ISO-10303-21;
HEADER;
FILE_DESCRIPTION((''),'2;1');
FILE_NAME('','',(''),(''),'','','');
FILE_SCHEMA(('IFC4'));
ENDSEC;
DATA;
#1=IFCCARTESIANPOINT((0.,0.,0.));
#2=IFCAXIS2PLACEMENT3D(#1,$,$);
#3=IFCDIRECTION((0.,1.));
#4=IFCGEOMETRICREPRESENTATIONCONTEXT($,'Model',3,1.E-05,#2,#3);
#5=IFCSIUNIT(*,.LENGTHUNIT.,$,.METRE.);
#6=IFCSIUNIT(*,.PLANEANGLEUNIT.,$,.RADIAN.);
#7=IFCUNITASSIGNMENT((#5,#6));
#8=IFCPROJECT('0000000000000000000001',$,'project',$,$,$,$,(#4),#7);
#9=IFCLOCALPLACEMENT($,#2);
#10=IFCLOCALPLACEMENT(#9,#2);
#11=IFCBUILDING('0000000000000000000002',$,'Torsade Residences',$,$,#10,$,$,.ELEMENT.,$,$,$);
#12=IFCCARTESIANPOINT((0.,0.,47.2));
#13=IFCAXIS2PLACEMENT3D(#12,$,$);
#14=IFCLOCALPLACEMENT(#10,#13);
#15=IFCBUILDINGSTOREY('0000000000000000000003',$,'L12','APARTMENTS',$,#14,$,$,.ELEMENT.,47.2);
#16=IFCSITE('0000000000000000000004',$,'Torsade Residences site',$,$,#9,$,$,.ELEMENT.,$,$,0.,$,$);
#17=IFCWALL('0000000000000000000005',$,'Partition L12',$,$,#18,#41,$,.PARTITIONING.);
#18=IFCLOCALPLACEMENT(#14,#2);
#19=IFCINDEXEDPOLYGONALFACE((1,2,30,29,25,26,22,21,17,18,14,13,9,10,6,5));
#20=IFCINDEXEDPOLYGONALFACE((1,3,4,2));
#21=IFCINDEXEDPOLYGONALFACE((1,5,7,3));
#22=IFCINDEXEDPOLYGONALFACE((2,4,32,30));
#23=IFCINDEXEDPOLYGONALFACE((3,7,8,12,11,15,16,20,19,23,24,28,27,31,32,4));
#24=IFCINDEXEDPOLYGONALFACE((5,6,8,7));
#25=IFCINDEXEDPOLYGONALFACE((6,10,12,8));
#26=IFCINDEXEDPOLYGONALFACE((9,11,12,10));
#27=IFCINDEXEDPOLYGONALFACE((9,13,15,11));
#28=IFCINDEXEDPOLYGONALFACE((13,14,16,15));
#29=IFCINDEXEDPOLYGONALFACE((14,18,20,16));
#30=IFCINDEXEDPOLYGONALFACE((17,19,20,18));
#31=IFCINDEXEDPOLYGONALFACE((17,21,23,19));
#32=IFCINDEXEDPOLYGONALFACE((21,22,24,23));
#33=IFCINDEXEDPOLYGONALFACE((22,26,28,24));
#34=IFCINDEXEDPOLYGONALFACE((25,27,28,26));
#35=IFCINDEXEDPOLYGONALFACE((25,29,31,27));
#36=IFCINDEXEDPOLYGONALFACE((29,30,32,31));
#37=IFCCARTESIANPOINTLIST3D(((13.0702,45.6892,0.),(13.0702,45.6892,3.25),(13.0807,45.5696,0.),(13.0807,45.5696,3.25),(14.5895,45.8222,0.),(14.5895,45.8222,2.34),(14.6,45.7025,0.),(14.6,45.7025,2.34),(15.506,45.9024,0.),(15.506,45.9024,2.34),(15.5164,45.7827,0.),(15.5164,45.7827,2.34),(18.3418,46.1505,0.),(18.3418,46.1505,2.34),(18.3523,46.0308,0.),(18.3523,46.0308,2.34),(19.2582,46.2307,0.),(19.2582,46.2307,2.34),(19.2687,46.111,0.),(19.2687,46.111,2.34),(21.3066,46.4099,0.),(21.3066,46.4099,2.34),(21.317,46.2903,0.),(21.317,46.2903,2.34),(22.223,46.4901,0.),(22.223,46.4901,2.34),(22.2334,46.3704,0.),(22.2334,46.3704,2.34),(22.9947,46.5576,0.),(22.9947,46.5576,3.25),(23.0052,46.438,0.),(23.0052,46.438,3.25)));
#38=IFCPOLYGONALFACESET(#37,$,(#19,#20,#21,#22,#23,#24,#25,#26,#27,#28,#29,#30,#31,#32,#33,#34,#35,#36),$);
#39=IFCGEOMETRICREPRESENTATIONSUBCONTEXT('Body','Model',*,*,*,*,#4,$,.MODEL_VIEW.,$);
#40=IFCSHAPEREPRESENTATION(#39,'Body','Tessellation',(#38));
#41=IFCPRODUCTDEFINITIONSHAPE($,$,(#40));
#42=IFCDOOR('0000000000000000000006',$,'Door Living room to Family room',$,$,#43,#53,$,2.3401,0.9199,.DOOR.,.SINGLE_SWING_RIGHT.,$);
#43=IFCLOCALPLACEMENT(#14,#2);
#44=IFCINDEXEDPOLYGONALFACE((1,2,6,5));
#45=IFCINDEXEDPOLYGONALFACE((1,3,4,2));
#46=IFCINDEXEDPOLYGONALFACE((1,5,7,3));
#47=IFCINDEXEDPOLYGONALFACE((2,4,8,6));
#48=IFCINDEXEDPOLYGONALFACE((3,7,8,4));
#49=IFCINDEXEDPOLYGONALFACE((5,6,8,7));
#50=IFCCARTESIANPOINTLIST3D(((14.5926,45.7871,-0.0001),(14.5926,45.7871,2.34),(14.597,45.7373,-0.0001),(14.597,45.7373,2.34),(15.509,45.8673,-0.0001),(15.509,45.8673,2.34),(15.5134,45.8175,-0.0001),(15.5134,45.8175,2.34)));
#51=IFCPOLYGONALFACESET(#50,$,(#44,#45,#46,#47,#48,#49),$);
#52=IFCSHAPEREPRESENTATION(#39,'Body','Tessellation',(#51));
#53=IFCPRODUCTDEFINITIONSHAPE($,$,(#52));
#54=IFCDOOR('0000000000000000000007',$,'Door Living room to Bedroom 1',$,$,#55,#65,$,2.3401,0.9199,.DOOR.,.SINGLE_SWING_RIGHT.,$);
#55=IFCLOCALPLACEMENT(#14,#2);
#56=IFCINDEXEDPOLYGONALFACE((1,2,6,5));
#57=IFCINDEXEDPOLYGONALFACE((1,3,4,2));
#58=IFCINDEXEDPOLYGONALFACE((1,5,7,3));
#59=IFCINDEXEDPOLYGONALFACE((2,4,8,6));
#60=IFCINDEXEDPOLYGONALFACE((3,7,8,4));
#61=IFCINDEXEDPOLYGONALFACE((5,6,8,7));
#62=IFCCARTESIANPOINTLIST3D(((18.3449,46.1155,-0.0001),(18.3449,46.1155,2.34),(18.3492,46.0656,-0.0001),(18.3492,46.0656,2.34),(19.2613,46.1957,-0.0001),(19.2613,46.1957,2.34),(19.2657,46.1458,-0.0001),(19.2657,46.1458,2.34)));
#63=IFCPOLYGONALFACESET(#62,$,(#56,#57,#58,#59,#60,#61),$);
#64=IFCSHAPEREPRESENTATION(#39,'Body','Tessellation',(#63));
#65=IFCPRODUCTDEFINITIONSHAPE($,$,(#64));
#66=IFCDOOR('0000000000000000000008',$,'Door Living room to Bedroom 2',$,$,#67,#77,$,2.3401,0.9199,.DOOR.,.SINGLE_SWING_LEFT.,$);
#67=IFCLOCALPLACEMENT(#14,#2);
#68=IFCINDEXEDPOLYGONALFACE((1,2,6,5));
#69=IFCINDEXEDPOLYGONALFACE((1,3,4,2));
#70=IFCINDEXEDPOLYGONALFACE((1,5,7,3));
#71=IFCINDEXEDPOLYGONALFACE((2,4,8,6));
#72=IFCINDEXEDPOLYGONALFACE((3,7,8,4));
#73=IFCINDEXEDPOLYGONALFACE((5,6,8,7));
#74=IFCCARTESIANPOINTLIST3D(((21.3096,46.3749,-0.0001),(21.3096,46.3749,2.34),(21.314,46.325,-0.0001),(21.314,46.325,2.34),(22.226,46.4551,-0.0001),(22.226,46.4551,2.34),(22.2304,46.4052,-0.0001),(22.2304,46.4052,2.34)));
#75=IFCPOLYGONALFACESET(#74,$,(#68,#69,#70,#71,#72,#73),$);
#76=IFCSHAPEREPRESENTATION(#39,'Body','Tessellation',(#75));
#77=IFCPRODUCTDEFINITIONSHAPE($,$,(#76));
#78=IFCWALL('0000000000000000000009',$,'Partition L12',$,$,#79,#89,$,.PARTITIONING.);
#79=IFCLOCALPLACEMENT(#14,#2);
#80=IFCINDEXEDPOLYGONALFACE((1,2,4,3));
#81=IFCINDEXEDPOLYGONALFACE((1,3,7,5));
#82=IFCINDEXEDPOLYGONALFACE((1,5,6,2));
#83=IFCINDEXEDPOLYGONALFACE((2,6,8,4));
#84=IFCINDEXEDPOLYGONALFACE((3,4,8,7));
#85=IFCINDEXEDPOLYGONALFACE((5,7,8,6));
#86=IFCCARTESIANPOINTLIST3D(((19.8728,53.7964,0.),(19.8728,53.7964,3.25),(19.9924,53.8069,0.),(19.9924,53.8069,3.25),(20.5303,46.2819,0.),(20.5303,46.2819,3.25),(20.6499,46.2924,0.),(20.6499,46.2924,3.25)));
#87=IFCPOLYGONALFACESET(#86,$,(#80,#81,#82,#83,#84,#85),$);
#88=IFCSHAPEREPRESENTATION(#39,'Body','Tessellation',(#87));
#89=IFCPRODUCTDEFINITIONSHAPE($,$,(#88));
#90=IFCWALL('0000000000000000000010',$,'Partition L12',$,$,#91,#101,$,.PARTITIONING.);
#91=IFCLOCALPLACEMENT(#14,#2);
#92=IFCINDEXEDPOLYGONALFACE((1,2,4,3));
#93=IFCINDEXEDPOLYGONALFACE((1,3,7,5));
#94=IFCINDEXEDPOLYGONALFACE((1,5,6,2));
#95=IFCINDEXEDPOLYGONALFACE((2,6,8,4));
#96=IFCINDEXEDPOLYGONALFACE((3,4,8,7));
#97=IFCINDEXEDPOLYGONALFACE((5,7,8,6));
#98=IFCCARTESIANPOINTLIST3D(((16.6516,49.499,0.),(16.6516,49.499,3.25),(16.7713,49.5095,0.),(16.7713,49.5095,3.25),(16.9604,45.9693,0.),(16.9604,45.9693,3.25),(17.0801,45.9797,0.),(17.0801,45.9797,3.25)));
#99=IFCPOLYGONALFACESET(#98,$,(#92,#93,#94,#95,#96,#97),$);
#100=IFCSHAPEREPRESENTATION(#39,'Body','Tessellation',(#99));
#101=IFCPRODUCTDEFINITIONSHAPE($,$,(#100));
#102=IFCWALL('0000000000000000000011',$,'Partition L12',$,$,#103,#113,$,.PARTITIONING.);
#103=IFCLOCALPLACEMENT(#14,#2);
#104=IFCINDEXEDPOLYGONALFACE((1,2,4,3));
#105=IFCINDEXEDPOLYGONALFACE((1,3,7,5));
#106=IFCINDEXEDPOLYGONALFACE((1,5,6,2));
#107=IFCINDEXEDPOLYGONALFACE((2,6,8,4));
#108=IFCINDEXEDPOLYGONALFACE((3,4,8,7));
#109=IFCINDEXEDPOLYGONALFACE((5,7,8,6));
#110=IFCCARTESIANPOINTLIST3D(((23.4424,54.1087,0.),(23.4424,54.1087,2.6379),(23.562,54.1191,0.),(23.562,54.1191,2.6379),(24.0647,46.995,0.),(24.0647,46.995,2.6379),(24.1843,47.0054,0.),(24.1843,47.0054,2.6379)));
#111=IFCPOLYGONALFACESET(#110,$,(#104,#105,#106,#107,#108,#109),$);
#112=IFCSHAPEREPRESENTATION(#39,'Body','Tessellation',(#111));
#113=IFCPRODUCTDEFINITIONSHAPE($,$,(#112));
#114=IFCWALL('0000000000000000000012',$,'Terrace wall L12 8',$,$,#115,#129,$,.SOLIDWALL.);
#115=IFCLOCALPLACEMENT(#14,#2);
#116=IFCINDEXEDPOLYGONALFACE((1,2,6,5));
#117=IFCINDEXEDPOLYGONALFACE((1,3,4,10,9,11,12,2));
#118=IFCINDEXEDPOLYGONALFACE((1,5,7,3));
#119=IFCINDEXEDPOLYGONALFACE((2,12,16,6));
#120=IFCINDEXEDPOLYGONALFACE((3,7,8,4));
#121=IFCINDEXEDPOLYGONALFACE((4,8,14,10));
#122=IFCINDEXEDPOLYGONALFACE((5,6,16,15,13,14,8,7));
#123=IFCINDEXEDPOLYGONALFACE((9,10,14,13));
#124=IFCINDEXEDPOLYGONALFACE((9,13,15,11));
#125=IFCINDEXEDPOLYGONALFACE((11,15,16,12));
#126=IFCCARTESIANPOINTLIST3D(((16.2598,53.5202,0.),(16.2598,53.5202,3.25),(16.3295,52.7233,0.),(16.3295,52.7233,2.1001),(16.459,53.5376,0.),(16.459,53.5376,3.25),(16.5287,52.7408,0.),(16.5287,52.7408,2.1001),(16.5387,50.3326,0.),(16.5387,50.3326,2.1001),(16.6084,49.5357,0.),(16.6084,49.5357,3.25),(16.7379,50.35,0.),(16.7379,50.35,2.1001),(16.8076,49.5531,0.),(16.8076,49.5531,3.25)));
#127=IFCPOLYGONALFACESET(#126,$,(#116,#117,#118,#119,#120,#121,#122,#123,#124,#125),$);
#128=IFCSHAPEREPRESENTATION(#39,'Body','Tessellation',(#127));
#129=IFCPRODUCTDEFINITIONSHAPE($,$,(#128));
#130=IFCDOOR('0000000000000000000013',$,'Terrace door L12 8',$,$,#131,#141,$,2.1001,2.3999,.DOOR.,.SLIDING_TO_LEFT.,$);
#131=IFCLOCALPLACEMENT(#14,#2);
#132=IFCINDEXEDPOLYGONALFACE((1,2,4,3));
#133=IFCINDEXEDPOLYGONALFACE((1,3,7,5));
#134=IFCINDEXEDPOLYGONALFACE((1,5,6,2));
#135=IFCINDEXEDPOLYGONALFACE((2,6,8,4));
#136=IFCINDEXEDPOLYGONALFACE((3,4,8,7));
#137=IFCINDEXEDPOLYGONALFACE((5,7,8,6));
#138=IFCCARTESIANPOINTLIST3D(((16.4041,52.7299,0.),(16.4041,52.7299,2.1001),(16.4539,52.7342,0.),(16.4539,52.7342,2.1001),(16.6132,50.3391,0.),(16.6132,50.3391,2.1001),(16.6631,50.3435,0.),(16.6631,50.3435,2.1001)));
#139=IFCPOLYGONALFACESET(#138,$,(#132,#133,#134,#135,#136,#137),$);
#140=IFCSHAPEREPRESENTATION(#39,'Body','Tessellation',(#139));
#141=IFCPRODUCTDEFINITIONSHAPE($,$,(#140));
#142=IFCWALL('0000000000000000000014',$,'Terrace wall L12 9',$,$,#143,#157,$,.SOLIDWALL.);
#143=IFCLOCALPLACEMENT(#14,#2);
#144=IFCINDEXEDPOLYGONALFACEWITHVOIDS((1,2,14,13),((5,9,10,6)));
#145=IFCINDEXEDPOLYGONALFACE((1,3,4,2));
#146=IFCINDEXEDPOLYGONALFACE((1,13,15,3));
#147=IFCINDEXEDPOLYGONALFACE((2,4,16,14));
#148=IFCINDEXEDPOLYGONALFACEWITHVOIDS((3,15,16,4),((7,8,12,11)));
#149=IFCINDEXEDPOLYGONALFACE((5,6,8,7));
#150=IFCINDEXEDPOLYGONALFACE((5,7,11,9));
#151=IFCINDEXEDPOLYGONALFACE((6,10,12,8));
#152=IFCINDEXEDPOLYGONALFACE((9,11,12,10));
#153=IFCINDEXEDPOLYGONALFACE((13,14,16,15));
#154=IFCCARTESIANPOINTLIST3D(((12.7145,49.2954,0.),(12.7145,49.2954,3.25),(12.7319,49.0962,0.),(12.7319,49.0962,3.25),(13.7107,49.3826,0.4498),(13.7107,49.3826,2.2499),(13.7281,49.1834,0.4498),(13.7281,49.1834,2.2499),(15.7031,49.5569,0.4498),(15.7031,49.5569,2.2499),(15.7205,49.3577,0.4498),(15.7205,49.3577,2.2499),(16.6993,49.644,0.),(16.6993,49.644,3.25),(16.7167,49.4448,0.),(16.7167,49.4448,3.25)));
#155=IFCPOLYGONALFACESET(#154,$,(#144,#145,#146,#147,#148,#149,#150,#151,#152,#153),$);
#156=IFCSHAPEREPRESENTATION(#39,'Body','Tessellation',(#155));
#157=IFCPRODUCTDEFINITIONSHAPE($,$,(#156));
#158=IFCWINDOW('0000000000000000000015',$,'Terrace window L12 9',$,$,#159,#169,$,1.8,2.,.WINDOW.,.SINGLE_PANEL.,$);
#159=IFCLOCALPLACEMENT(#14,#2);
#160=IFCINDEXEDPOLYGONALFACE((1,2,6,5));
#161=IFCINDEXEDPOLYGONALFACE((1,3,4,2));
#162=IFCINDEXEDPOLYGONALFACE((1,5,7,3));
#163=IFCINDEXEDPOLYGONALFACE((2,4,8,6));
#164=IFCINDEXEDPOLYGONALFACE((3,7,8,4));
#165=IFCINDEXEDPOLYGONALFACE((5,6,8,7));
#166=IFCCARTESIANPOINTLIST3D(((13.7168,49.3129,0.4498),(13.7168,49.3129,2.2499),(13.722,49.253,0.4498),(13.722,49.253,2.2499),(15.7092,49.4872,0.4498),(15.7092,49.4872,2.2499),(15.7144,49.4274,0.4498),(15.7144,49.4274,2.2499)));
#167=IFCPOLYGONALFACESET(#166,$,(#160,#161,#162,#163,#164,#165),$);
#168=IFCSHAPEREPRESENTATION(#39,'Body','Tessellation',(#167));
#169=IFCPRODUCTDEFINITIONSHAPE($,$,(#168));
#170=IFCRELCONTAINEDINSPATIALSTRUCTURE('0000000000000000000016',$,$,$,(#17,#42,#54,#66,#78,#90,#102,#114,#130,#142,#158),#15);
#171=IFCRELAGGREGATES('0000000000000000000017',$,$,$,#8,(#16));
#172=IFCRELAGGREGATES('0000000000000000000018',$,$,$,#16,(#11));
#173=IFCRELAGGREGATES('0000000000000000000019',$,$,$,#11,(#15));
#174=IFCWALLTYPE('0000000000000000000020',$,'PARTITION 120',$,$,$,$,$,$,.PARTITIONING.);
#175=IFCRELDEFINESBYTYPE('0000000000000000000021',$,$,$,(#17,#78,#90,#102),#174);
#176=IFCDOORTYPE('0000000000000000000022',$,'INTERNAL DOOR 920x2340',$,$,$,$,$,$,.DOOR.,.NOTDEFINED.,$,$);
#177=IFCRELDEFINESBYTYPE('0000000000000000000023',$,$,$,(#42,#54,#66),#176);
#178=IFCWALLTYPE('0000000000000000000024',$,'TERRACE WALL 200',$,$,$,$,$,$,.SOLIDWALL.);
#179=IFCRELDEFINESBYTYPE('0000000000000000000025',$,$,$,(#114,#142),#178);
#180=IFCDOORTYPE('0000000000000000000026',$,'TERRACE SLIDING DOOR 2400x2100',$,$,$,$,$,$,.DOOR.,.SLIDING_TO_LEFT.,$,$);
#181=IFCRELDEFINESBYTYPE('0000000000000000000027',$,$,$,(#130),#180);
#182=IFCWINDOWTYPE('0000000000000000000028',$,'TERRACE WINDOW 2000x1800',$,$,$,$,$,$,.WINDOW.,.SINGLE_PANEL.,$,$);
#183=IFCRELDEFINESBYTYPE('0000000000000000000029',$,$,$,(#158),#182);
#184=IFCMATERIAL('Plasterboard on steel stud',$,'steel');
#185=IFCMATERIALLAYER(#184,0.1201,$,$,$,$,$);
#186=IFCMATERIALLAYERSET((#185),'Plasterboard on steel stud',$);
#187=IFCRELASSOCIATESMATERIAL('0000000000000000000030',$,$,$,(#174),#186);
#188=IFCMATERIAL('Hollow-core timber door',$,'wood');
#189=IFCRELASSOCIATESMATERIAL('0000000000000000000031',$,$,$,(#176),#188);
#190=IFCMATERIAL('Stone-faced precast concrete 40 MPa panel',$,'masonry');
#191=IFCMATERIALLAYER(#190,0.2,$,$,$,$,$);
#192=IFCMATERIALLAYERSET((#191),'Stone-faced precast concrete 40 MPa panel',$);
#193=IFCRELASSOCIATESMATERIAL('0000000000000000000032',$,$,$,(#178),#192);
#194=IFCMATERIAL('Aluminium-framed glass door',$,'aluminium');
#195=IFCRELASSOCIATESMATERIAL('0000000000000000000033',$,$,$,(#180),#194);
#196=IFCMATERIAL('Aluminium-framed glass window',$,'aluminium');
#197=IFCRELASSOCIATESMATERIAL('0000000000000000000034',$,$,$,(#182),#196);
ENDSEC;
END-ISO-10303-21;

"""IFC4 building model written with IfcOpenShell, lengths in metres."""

from ifc_helpers import new_model, si_unit, direction, frame, frame_2d, origin, place, context, subcontext, project, spatial, rectangle, extrude, material, layer, layer_set, type_object, element, fill, save


model = new_model("IFC4")

# Units and contexts
model_context = context("Model", 3, precision=1e-05, world=origin(), true_north=direction((0.0, 1.0)))
body_context = subcontext(model_context, "Body", "Model", "MODEL_VIEW")
ifc_project = project(units=[si_unit("LENGTHUNIT", "METRE"), si_unit("PLANEANGLEUNIT", "RADIAN")], contexts=[model_context])

# Site, building, storey
site_placement = place(None, origin())
site = spatial("IfcSite", under=ifc_project, at=site_placement, Name="Torsade Residences site", CompositionType="ELEMENT", RefElevation=0.0)
building_placement = place(site_placement, origin())
building = spatial("IfcBuilding", under=site, at=building_placement, Name="Torsade Residences", CompositionType="ELEMENT")
storey_placement = place(building_placement, frame((0.0, 0.0, 47.2)))
storey = spatial("IfcBuildingStorey", under=building, at=storey_placement, Name="L12", Description="APARTMENTS", CompositionType="ELEMENT", Elevation=47.2)

# Shared definitions
ifc_material_1 = material(Name="Plasterboard on steel stud", Category="steel")
ifc_layer_1 = layer(ifc_material_1, 0.1201)
ifc_layer_set_1 = layer_set([ifc_layer_1], Name="Plasterboard on steel stud")
wall_type_1 = type_object("IfcWallType", Name="PARTITION 120", PredefinedType="PARTITIONING", material=ifc_layer_set_1)
ifc_material_2 = material(Name="Hollow-core timber door", Category="wood")
door_type_1 = type_object("IfcDoorType", Name="INTERNAL DOOR 920x2340", OperationType="NOTDEFINED", PredefinedType="DOOR", material=ifc_material_2)

# Wall, openings, doors
wall_1_placement = place(storey_placement, frame((13.0754, 45.6294, 0.0), z_axis=(0.0, 0.0, 1.0), x_axis=(0.996194, 0.087168, 0.0)))
wall_1 = element("IfcWall", 1, at=wall_1_placement, inside=storey, type_object=wall_type_1, Name="Partition L12", PredefinedType="PARTITIONING", context=body_context, shape_type="SweptSolid", body=[
    extrude(rectangle(XDim=9.9624, YDim=0.1201, at=frame_2d((4.9812, 0.0))), origin(), (0.0, 0.0, 1.0), 3.25),
])
opening_1_placement = place(wall_1_placement, frame((1.5251, 0.0, 0.0)))
opening_1 = element("IfcOpeningElement", 2, at=opening_1_placement, cuts=wall_1, PredefinedType="OPENING", context=body_context, shape_type="SweptSolid", body=[
    extrude(rectangle(XDim=0.9199, YDim=2.3401, at=frame_2d((0.46, 1.1699))), frame((0.0, 0.0701, 0.0), z_axis=(0.0, -1.0, 0.0), x_axis=(1.0, 0.0, 0.0)), (0.0, 0.0, 1.0), 0.1401),
])
opening_2_placement = place(wall_1_placement, frame((5.2917, 0.0, 0.0)))
opening_2 = element("IfcOpeningElement", 3, at=opening_2_placement, cuts=wall_1, PredefinedType="OPENING", context=body_context, shape_type="SweptSolid", body=[
    extrude(rectangle(XDim=0.9199, YDim=2.3401, at=frame_2d((0.46, 1.1699))), frame((0.0, 0.0701, 0.0), z_axis=(0.0, -1.0, 0.0), x_axis=(1.0, 0.0, 0.0)), (0.0, 0.0, 1.0), 0.1401),
])
opening_3_placement = place(wall_1_placement, frame((8.2678, 0.0, 0.0)))
opening_3 = element("IfcOpeningElement", 4, at=opening_3_placement, cuts=wall_1, PredefinedType="OPENING", context=body_context, shape_type="SweptSolid", body=[
    extrude(rectangle(XDim=0.9199, YDim=2.3401, at=frame_2d((0.46, 1.1699))), frame((0.0, 0.0701, 0.0), z_axis=(0.0, -1.0, 0.0), x_axis=(1.0, 0.0, 0.0)), (0.0, 0.0, 1.0), 0.1401),
])
door_1_placement = place(opening_1_placement, origin())
door_1 = element("IfcDoor", 5, at=door_1_placement, inside=storey, type_object=door_type_1, Name="Door Living room to Family room", OperationType="SINGLE_SWING_RIGHT", OverallHeight=2.3401, OverallWidth=0.9199, PredefinedType="DOOR", context=body_context, shape_type="SweptSolid", body=[
    extrude(rectangle(XDim=0.9199, YDim=2.3401, at=frame_2d((0.46, 1.1699))), frame((0.0, 0.0249, 0.0), z_axis=(0.0, -1.0, 0.0), x_axis=(1.0, 0.0, 0.0)), (0.0, 0.0, 1.0), 0.05),
])
fill(opening_1, door_1)
door_2_placement = place(opening_2_placement, origin())
door_2 = element("IfcDoor", 6, at=door_2_placement, inside=storey, type_object=door_type_1, Name="Door Living room to Bedroom 1", OperationType="SINGLE_SWING_RIGHT", OverallHeight=2.3401, OverallWidth=0.9199, PredefinedType="DOOR", context=body_context, shape_type="SweptSolid", body=[
    extrude(rectangle(XDim=0.9199, YDim=2.3401, at=frame_2d((0.46, 1.1699))), frame((0.0, 0.0249, 0.0), z_axis=(0.0, -1.0, 0.0), x_axis=(1.0, 0.0, 0.0)), (0.0, 0.0, 1.0), 0.05),
])
fill(opening_2, door_2)
door_3_placement = place(opening_3_placement, origin())
door_3 = element("IfcDoor", 7, at=door_3_placement, inside=storey, type_object=door_type_1, Name="Door Living room to Bedroom 2", OperationType="SINGLE_SWING_LEFT", OverallHeight=2.3401, OverallWidth=0.9199, PredefinedType="DOOR", context=body_context, shape_type="SweptSolid", body=[
    extrude(rectangle(XDim=0.9199, YDim=2.3401, at=frame_2d((0.46, 1.1699))), frame((0.0, 0.0249, 0.0), z_axis=(0.0, -1.0, 0.0), x_axis=(1.0, 0.0, 0.0)), (0.0, 0.0, 1.0), 0.05),
])
fill(opening_3, door_3)

# Walls
wall_2_placement = place(storey_placement, frame((19.9326, 53.8015, 0.0), z_axis=(0.0, 0.0, 1.0), x_axis=(0.087162, -0.996194, 0.0)))
element("IfcWall", 8, at=wall_2_placement, inside=storey, type_object=wall_type_1, Name="Partition L12", PredefinedType="PARTITIONING", context=body_context, shape_type="SweptSolid", body=[
    extrude(rectangle(XDim=7.5432, YDim=0.1201, at=frame_2d((3.7715, 0.0))), origin(), (0.0, 0.0, 1.0), 3.25),
])
wall_3_placement = place(storey_placement, frame((17.0203, 45.9746, 0.0), z_axis=(0.0, 0.0, 1.0), x_axis=(-0.087162, 0.996194, 0.0)))
element("IfcWall", 9, at=wall_3_placement, inside=storey, type_object=wall_type_1, Name="Partition L12", PredefinedType="PARTITIONING", context=body_context, shape_type="SweptSolid", body=[
    extrude(rectangle(XDim=3.5432, YDim=0.1201, at=frame_2d((1.7715, 0.0))), origin(), (0.0, 0.0, 1.0), 3.25),
])
wall_4_placement = place(storey_placement, frame((23.5022, 54.1138, 0.0), z_axis=(0.0, 0.0, 1.0), x_axis=(0.087147, -0.996195, 0.0)))
element("IfcWall", 10, at=wall_4_placement, inside=storey, type_object=wall_type_1, Name="Partition L12", PredefinedType="PARTITIONING", context=body_context, shape_type="SweptSolid", body=[
    extrude(rectangle(XDim=7.1409, YDim=0.1201, at=frame_2d((3.5703, 0.0))), origin(), (0.0, 0.0, 1.0), 2.6379),
])

# Wall, opening, door
ifc_material_3 = material(Name="Stone-faced precast concrete 40 MPa panel", Category="masonry")
ifc_layer_2 = layer(ifc_material_3, 0.2)
ifc_layer_set_2 = layer_set([ifc_layer_2], Name="Stone-faced precast concrete 40 MPa panel")
wall_type_2 = type_object("IfcWallType", Name="TERRACE WALL 200", PredefinedType="SOLIDWALL", material=ifc_layer_set_2)
wall_5_placement = place(storey_placement, frame((16.3594, 53.5291, 0.0), z_axis=(0.0, 0.0, 1.0), x_axis=(0.087162, -0.996194, 0.0)))
wall_5 = element("IfcWall", 11, at=wall_5_placement, inside=storey, type_object=wall_type_2, Name="Terrace wall L12 8", PredefinedType="SOLIDWALL", context=body_context, shape_type="SweptSolid", body=[
    extrude(rectangle(XDim=3.9998, YDim=0.2, at=frame_2d((2.0, 0.0))), origin(), (0.0, 0.0, 1.0), 3.25),
])
opening_4_placement = place(wall_5_placement, frame((0.8, 0.0, 0.0)))
opening_4 = element("IfcOpeningElement", 12, at=opening_4_placement, cuts=wall_5, PredefinedType="OPENING", context=body_context, shape_type="SweptSolid", body=[
    extrude(rectangle(XDim=2.3999, YDim=2.1001, at=frame_2d((1.2, 1.05))), frame((0.0, 0.1099, 0.0), z_axis=(0.0, -1.0, 0.0), x_axis=(1.0, 0.0, 0.0)), (0.0, 0.0, 1.0), 0.22),
])
ifc_material_4 = material(Name="Aluminium-framed glass door", Category="aluminium")
door_type_2 = type_object("IfcDoorType", Name="TERRACE SLIDING DOOR 2400x2100", OperationType="SLIDING_TO_LEFT", PredefinedType="DOOR", material=ifc_material_4)
door_4_placement = place(opening_4_placement, origin())
door_4 = element("IfcDoor", 13, at=door_4_placement, inside=storey, type_object=door_type_2, Name="Terrace door L12 8", OperationType="SLIDING_TO_LEFT", OverallHeight=2.1001, OverallWidth=2.3999, PredefinedType="DOOR", context=body_context, shape_type="SweptSolid", body=[
    extrude(rectangle(XDim=2.3999, YDim=2.1001, at=frame_2d((1.2, 1.05))), frame((0.0, 0.0249, 0.0), z_axis=(0.0, -1.0, 0.0), x_axis=(1.0, 0.0, 0.0)), (0.0, 0.0, 1.0), 0.05),
])
fill(opening_4, door_4)

# Wall, opening, window
wall_6_placement = place(storey_placement, frame((16.708, 49.5444, 0.0), z_axis=(0.0, 0.0, 1.0), x_axis=(-0.996195, -0.087156, 0.0)))
wall_6 = element("IfcWall", 14, at=wall_6_placement, inside=storey, type_object=wall_type_2, Name="Terrace wall L12 9", PredefinedType="SOLIDWALL", context=body_context, shape_type="SweptSolid", body=[
    extrude(rectangle(XDim=4.0, YDim=0.2, at=frame_2d((2.0, 0.0))), origin(), (0.0, 0.0, 1.0), 3.25),
])
opening_5_placement = place(wall_6_placement, frame((1.0, 0.0, 0.45)))
opening_5 = element("IfcOpeningElement", 15, at=opening_5_placement, cuts=wall_6, PredefinedType="OPENING", context=body_context, shape_type="SweptSolid", body=[
    extrude(rectangle(XDim=2.0, YDim=1.8, at=frame_2d((1.0, 0.8999))), frame((0.0, 0.1099, 0.0), z_axis=(0.0, -1.0, 0.0), x_axis=(1.0, 0.0, 0.0)), (0.0, 0.0, 1.0), 0.22),
])
ifc_material_5 = material(Name="Aluminium-framed glass window", Category="aluminium")
window_type = type_object("IfcWindowType", Name="TERRACE WINDOW 2000x1800", PartitioningType="SINGLE_PANEL", PredefinedType="WINDOW", material=ifc_material_5)
window_placement = place(opening_5_placement, origin())
window = element("IfcWindow", 16, at=window_placement, inside=storey, type_object=window_type, Name="Terrace window L12 9", OverallHeight=1.8, OverallWidth=2.0, PartitioningType="SINGLE_PANEL", PredefinedType="WINDOW", context=body_context, shape_type="SweptSolid", body=[
    extrude(rectangle(XDim=2.0, YDim=1.8, at=frame_2d((1.0, 0.8999))), frame((0.0, 0.03, 0.0), z_axis=(0.0, -1.0, 0.0), x_axis=(1.0, 0.0, 0.0)), (0.0, 0.0, 1.0), 0.0601),
])
fill(opening_5, window)

save(model, "model.ifc")
